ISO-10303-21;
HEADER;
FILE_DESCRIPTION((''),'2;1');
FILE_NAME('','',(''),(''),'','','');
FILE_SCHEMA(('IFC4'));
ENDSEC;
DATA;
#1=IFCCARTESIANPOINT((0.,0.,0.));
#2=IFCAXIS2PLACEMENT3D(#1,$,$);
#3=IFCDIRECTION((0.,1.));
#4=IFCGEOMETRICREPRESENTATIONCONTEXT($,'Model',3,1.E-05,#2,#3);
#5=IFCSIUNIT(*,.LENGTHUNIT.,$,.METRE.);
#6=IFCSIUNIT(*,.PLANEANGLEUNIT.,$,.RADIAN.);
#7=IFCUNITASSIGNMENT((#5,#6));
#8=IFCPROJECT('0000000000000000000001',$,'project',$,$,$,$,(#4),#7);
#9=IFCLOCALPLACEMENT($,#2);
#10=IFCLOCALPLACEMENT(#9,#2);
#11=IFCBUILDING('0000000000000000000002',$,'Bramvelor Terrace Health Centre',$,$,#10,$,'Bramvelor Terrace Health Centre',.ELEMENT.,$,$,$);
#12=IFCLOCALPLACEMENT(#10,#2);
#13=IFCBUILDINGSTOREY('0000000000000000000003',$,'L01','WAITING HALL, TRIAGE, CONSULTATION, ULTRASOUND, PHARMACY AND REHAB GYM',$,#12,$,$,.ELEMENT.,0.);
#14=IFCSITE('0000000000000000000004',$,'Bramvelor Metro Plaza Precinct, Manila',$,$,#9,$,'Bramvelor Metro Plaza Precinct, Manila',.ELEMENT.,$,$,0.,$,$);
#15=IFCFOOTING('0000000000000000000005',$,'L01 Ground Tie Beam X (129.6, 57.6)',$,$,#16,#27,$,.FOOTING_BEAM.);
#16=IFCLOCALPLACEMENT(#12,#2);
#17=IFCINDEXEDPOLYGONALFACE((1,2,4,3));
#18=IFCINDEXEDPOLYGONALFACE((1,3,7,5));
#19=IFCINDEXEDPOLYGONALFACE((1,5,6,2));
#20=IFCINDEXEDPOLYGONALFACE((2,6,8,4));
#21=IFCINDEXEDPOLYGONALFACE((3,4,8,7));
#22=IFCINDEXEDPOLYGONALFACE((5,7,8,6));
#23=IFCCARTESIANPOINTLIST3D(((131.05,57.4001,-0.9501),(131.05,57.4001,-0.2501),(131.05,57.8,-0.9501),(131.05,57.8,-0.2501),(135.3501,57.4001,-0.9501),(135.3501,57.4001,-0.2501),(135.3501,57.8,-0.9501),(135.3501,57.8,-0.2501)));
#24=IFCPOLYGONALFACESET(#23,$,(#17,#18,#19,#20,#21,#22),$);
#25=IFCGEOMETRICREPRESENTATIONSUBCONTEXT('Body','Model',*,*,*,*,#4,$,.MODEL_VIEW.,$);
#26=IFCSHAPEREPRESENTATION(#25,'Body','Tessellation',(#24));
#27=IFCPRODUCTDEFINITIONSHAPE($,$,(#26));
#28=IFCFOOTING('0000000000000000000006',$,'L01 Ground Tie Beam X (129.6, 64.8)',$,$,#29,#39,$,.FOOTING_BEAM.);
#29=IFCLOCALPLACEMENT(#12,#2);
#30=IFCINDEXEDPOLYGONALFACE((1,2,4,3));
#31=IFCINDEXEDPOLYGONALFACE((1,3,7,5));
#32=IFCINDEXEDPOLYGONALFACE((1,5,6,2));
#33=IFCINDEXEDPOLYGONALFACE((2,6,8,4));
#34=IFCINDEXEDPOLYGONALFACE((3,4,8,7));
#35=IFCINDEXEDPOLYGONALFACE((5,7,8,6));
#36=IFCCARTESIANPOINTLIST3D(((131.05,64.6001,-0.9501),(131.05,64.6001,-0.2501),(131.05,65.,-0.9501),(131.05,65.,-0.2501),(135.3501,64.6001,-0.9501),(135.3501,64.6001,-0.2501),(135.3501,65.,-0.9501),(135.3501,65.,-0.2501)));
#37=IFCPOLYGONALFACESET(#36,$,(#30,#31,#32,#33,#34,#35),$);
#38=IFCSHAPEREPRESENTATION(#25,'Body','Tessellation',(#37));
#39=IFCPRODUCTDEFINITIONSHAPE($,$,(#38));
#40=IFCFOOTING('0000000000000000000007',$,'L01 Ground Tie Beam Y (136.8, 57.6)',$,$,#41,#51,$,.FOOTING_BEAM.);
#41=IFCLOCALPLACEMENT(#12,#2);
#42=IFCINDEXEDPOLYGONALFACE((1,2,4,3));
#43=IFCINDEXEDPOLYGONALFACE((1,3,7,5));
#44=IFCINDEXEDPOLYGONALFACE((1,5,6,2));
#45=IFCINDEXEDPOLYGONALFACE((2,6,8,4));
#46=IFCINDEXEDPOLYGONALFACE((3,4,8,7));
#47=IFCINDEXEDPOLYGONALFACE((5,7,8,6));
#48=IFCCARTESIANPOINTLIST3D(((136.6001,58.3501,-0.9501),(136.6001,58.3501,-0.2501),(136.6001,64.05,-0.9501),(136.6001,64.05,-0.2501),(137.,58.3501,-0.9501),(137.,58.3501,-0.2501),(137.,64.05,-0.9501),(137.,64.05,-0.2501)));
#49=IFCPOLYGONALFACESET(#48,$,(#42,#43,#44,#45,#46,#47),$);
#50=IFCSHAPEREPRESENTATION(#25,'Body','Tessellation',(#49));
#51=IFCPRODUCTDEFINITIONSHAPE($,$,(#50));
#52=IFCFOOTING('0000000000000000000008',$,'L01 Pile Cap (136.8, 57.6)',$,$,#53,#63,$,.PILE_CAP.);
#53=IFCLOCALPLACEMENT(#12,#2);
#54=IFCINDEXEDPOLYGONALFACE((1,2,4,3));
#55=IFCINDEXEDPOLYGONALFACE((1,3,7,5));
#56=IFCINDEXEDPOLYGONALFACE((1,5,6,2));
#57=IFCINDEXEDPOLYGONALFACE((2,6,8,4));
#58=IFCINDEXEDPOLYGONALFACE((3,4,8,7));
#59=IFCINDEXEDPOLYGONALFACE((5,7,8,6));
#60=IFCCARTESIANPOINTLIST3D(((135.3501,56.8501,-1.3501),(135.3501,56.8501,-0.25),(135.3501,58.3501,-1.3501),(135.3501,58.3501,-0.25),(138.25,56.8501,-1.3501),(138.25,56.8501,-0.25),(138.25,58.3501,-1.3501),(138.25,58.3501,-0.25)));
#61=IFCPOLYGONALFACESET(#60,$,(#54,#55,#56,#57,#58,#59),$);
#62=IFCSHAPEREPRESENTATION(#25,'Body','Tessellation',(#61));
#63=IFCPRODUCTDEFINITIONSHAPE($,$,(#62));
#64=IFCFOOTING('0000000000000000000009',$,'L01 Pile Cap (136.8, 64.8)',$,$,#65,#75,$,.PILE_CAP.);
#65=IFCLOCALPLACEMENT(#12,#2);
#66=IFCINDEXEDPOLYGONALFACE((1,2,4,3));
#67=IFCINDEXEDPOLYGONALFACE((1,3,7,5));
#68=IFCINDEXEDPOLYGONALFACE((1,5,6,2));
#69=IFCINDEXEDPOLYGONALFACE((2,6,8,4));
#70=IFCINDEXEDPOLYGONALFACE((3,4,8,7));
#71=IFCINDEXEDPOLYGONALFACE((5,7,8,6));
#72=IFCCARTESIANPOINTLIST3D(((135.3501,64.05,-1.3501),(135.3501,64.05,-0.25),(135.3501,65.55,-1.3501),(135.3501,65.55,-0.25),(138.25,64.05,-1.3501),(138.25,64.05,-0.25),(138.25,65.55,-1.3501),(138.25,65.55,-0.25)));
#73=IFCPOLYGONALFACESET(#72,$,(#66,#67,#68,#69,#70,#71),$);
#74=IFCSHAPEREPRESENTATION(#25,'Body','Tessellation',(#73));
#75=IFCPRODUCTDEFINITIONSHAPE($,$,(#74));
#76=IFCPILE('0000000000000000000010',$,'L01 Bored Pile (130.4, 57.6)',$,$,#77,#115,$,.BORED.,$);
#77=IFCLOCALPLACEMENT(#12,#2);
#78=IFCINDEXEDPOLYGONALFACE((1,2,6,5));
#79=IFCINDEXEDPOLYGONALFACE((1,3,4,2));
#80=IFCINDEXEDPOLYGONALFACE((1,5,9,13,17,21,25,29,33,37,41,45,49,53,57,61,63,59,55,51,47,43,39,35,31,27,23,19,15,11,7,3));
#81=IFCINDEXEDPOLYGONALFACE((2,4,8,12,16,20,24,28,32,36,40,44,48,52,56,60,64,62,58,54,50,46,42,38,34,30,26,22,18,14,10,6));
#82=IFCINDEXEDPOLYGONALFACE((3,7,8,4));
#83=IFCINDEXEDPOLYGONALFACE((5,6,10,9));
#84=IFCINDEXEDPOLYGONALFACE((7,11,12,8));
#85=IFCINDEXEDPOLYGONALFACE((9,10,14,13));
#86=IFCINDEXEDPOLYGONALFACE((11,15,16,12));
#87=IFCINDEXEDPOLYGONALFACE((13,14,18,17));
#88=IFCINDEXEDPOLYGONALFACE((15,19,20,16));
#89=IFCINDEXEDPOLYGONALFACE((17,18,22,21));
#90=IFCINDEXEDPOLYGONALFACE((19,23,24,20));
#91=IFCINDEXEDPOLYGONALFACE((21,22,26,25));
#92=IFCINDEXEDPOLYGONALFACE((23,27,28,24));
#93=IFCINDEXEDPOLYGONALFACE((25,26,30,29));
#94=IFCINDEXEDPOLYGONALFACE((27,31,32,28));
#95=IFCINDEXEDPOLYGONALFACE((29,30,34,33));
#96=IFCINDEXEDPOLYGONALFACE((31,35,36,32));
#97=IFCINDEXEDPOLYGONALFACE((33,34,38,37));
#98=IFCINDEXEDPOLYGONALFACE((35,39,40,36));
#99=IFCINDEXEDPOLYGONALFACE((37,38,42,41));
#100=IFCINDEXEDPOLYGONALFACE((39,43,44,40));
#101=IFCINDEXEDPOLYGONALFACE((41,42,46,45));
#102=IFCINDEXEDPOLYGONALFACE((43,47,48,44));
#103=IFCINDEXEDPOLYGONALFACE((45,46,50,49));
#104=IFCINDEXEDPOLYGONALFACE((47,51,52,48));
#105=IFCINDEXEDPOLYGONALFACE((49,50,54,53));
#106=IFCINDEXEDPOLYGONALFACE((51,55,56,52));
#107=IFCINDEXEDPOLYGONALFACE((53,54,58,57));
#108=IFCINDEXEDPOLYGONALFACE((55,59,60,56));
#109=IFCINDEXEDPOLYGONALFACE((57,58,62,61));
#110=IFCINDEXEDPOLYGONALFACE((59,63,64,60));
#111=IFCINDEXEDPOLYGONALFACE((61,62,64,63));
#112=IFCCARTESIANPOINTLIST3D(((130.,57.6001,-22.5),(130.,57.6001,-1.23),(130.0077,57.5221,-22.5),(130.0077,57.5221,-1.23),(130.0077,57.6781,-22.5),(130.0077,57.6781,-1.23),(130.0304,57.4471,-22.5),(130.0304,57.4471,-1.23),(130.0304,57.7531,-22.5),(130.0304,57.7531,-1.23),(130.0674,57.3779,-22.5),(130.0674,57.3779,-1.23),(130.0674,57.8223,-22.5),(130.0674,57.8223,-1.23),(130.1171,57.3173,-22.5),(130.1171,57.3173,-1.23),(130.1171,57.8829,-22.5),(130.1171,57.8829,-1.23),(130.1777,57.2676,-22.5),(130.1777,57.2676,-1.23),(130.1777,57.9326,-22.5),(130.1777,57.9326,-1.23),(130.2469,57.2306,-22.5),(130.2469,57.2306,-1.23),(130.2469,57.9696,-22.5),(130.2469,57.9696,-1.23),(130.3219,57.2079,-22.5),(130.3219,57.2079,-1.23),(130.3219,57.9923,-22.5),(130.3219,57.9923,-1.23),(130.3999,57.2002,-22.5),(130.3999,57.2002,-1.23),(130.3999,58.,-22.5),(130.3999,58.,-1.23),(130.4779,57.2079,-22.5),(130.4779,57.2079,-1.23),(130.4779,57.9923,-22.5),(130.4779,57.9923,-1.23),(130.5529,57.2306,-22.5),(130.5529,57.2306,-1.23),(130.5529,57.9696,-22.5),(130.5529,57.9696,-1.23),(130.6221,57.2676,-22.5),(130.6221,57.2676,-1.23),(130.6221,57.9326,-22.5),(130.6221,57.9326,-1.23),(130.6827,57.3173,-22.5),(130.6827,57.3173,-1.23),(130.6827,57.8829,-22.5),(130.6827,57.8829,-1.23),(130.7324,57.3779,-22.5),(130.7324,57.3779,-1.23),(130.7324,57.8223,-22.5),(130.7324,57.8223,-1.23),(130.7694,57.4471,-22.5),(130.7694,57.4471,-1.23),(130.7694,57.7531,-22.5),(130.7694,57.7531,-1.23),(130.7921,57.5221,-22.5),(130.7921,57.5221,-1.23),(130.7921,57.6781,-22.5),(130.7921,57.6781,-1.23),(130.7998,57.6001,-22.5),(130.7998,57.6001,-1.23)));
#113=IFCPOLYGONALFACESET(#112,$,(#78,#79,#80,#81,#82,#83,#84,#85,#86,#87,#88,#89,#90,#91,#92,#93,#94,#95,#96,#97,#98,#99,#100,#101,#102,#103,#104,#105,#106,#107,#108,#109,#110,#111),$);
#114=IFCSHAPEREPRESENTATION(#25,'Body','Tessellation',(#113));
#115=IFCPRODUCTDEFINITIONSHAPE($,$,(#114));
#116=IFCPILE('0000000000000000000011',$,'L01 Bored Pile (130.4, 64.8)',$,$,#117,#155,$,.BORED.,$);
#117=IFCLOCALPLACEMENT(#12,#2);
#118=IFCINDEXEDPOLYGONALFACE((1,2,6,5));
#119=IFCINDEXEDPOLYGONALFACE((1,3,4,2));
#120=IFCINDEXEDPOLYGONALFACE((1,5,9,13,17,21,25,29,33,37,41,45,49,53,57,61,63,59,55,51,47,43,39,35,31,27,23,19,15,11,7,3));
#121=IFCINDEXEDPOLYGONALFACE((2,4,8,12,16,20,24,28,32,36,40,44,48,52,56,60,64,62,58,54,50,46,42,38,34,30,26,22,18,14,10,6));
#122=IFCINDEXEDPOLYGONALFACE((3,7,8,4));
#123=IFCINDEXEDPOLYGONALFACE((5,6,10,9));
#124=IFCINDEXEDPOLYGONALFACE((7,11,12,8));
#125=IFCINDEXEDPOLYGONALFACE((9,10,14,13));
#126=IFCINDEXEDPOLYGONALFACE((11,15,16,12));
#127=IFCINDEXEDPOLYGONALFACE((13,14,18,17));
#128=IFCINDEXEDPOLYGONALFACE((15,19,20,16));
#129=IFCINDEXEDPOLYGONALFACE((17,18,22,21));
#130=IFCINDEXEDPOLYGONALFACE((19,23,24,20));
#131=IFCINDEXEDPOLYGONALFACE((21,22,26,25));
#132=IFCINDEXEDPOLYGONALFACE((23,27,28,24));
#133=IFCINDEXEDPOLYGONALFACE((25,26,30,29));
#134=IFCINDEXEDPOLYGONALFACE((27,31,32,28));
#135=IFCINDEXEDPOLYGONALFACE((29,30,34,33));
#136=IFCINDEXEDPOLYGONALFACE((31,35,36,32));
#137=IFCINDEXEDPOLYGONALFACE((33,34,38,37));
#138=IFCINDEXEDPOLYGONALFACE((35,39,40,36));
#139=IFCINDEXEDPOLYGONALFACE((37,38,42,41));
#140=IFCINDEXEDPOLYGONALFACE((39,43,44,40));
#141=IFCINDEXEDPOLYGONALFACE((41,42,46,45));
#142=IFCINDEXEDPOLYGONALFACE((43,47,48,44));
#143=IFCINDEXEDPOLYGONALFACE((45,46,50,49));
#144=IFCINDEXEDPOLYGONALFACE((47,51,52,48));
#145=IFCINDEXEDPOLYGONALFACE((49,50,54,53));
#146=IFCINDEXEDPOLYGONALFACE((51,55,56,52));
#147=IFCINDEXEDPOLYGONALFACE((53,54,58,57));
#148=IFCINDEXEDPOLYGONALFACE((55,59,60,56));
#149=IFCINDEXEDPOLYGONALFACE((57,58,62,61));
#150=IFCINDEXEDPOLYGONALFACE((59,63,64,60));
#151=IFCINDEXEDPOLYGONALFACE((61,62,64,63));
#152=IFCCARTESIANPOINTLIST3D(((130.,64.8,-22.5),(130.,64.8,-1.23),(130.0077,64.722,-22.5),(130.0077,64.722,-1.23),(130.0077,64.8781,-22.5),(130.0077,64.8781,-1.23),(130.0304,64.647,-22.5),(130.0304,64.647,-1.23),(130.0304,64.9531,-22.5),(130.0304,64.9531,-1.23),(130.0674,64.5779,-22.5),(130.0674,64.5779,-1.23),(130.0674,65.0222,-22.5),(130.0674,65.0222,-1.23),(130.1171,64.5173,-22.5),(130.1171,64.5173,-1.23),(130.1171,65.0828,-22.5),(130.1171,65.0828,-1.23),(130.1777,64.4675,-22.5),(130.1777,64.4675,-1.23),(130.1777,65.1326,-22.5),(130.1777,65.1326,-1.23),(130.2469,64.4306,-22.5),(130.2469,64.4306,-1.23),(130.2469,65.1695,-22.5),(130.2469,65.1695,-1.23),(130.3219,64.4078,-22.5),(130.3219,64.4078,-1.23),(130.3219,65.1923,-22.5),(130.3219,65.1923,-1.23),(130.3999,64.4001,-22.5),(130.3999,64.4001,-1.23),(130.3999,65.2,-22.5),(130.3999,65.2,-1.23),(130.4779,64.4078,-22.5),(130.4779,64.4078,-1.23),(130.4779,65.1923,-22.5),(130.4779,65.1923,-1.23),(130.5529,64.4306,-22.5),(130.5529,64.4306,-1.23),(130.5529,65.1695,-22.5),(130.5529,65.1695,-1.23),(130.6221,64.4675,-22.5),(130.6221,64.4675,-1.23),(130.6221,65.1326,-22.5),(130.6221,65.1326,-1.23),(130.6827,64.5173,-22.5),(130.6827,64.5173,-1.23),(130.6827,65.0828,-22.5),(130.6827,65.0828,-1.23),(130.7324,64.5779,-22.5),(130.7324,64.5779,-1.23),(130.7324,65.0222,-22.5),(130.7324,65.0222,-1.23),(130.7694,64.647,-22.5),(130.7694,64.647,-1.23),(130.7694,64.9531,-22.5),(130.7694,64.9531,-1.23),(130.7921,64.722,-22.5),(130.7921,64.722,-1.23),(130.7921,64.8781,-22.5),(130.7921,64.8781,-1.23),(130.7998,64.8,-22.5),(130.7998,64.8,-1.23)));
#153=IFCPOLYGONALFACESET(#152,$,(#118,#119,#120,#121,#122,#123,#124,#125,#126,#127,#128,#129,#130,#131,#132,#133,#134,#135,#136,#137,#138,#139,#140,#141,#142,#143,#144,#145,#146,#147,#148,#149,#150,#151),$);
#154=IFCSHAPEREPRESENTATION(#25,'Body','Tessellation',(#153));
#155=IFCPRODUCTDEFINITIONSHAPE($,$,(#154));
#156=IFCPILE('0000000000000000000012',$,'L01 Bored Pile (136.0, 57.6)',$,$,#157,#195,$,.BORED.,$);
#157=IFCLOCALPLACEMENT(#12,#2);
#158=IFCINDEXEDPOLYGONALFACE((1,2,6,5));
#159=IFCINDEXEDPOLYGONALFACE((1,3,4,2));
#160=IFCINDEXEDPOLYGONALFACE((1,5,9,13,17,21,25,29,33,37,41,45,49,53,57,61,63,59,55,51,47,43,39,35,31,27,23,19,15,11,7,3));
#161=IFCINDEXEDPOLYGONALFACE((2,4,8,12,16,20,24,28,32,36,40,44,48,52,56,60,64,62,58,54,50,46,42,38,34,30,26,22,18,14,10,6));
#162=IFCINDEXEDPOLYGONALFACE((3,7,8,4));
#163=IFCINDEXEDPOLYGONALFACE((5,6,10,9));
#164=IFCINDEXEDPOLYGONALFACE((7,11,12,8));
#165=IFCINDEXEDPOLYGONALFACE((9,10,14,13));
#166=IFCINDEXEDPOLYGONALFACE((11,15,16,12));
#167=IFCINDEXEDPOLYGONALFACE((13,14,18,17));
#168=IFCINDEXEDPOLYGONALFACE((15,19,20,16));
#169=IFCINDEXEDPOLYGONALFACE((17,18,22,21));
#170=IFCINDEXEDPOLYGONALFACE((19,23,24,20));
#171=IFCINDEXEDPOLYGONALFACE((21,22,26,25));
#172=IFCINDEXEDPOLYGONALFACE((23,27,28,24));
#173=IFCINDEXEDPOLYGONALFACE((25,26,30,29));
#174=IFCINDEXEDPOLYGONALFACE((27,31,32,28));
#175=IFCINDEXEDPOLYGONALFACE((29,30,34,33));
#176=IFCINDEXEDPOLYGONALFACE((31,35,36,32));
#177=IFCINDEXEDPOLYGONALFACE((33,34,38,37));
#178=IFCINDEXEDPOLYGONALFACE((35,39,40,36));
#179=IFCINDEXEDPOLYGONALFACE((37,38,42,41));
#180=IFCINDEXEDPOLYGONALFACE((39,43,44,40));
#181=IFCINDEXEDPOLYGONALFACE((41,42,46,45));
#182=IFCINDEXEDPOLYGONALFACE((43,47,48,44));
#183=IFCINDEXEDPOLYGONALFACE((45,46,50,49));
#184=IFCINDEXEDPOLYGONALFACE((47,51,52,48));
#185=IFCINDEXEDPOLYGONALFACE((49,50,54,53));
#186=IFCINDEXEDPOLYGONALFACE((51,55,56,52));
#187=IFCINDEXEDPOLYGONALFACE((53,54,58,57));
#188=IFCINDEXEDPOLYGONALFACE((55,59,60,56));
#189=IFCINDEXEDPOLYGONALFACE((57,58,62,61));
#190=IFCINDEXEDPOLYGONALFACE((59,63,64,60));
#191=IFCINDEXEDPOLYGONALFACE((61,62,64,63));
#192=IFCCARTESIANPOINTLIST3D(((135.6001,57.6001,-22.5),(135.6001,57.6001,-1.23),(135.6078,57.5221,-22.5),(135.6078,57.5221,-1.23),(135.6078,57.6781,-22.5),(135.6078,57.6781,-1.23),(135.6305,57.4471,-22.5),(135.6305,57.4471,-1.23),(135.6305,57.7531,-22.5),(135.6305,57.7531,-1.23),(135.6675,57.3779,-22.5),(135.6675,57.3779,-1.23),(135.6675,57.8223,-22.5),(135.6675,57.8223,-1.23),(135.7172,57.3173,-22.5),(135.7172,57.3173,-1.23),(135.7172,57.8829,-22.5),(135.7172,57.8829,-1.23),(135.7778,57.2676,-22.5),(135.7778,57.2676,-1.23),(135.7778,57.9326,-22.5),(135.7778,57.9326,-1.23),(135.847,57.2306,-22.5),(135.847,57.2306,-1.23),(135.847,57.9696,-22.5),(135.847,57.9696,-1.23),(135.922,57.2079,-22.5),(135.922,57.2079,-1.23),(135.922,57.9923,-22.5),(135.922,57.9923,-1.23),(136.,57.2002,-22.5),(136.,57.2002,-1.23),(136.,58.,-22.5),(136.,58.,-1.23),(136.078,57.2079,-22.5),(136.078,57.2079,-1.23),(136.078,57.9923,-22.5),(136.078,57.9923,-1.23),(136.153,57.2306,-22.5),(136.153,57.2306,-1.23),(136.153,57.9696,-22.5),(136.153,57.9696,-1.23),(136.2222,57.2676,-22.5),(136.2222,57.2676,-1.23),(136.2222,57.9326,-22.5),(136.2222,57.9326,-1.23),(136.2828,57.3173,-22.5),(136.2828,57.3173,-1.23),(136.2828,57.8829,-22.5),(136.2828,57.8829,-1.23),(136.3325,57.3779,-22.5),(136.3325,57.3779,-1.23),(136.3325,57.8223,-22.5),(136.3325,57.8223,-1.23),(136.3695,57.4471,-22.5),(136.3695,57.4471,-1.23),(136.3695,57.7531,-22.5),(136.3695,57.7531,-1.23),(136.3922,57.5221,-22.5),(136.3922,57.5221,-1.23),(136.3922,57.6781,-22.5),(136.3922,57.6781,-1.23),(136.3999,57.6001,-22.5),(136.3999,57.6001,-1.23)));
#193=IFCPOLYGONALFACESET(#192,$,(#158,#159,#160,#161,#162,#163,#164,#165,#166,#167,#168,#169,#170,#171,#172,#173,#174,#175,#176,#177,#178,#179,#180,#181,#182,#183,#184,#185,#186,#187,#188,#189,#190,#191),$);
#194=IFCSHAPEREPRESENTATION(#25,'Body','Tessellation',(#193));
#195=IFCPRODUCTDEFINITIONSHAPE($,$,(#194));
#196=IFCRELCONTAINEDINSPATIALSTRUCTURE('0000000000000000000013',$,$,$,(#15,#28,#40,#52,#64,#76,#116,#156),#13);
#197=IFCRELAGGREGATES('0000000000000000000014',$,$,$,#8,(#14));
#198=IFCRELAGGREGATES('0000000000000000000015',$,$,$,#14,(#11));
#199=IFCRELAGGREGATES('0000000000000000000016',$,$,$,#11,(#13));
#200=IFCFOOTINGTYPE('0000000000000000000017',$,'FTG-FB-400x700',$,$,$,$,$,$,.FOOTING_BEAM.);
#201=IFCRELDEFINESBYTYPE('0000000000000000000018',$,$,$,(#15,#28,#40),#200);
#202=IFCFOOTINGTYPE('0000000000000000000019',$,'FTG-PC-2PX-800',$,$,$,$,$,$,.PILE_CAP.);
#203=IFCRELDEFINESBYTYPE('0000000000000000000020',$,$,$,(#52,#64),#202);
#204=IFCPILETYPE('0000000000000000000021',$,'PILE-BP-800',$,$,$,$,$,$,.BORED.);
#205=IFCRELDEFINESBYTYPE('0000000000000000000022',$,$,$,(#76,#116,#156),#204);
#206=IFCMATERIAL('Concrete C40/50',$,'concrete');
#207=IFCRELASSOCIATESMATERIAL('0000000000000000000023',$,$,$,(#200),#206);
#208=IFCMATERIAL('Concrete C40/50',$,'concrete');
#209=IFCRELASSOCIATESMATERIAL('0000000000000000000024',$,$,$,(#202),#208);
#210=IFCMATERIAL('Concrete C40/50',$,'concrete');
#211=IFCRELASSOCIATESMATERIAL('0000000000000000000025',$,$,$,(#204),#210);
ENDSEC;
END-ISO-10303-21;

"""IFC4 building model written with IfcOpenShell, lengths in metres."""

from ifc_helpers import new_model, si_unit, direction, frame, origin, origin_2d, place, context, subcontext, project, spatial, rectangle, circle, extrude, material, material_profile, profile_set, type_object, element, save


model = new_model("IFC4")

# Units and contexts
model_context = context("Model", 3, precision=1e-05, world=origin(), true_north=direction((0.0, 1.0)))
body_context = subcontext(model_context, "Body", "Model", "MODEL_VIEW")
ifc_project = project(units=[si_unit("LENGTHUNIT", "METRE"), si_unit("PLANEANGLEUNIT", "RADIAN")], contexts=[model_context])

# Site, building, storey
site_placement = place(None, origin())
site = spatial("IfcSite", under=ifc_project, at=site_placement, Name="Bramvelor Metro Plaza Precinct, Manila", LongName="Bramvelor Metro Plaza Precinct, Manila", CompositionType="ELEMENT", RefElevation=0.0)
building_placement = place(site_placement, origin())
building = spatial("IfcBuilding", under=site, at=building_placement, Name="Bramvelor Terrace Health Centre", LongName="Bramvelor Terrace Health Centre", CompositionType="ELEMENT")
storey_placement = place(building_placement, origin())
storey = spatial("IfcBuildingStorey", under=building, at=storey_placement, Name="L01", Description="WAITING HALL, TRIAGE, CONSULTATION, ULTRASOUND, PHARMACY AND REHAB GYM", CompositionType="ELEMENT", Elevation=0.0)

# Footings
ifc_material_1 = material(Name="Concrete C40/50", Category="concrete")
ifc_material_profile_1 = material_profile(ifc_material_1, rectangle(XDim=0.3999, YDim=0.7, at=origin_2d()), Name="RC 400x700")
ifc_profile_set_1 = profile_set([ifc_material_profile_1], Name="Concrete C40/50")
footing_type_1 = type_object("IfcFootingType", Name="FTG-FB-400x700", PredefinedType="FOOTING_BEAM", material=ifc_profile_set_1)
for number, where, z_axis, x_axis, name in (
    (1, (131.05, 57.6001, -0.6001), (1.0, 0.0, 0.0), (0.0, 1.0, 0.0), "L01 Ground Tie Beam X (129.6, 57.6)"),
    (2, (131.05, 64.8, -0.6001), (1.0, 0.0, 0.0), (0.0, 1.0, 0.0), "L01 Ground Tie Beam X (129.6, 64.8)"),
):
    element("IfcFooting", number, at=place(storey_placement, frame(where, z_axis=z_axis, x_axis=x_axis)), inside=storey, type_object=footing_type_1, Name=name, PredefinedType="FOOTING_BEAM", context=body_context, shape_type="SweptSolid", body=[
        extrude(rectangle(XDim=0.3999, YDim=0.7, at=origin_2d()), origin(), (0.0, 0.0, 1.0), 4.3),
    ])
footing_placement = place(storey_placement, frame((136.8, 58.3501, -0.6001), z_axis=(0.0, 1.0, 0.0), x_axis=(-1.0, 0.0, 0.0)))
element("IfcFooting", 3, at=footing_placement, inside=storey, type_object=footing_type_1, Name="L01 Ground Tie Beam Y (136.8, 57.6)", PredefinedType="FOOTING_BEAM", context=body_context, shape_type="SweptSolid", body=[
    extrude(rectangle(XDim=0.3999, YDim=0.7, at=origin_2d()), origin(), (0.0, 0.0, 1.0), 5.7),
])
ifc_material_2 = material(Name="Concrete C40/50", Category="concrete")
footing_type_2 = type_object("IfcFootingType", Name="FTG-PC-2PX-800", PredefinedType="PILE_CAP", material=ifc_material_2)
for number, where, z_axis, x_axis, name in (
    (4, (136.8, 57.6001, -1.3501), (0.0, 0.0, 1.0), (1.0, 0.0, 0.0), "L01 Pile Cap (136.8, 57.6)"),
    (5, (136.8, 64.8, -1.3501), (0.0, 0.0, 1.0), (1.0, 0.0, 0.0), "L01 Pile Cap (136.8, 64.8)"),
):
    element("IfcFooting", number, at=place(storey_placement, frame(where, z_axis=z_axis, x_axis=x_axis)), inside=storey, type_object=footing_type_2, Name=name, PredefinedType="PILE_CAP", context=body_context, shape_type="SweptSolid", body=[
        extrude(rectangle(XDim=2.8999, YDim=1.5, at=origin_2d()), origin(), (0.0, 0.0, 1.0), 1.1001),
    ])

# Piles
ifc_material_3 = material(Name="Concrete C40/50", Category="concrete")
ifc_material_profile_2 = material_profile(ifc_material_3, circle(Radius=0.3999, at=origin_2d()), Name="BP D800")
ifc_profile_set_2 = profile_set([ifc_material_profile_2], Name="Concrete C40/50")
pile_type = type_object("IfcPileType", Name="PILE-BP-800", PredefinedType="BORED", material=ifc_profile_set_2)
for number, where, z_axis, x_axis, name in (
    (6, (130.3999, 57.6001, -1.23), (0.0, 0.0, -1.0), (1.0, 0.0, 0.0), "L01 Bored Pile (130.4, 57.6)"),
    (7, (130.3999, 64.8, -1.23), (0.0, 0.0, -1.0), (1.0, 0.0, 0.0), "L01 Bored Pile (130.4, 64.8)"),
    (8, (136.0, 57.6001, -1.23), (0.0, 0.0, -1.0), (1.0, 0.0, 0.0), "L01 Bored Pile (136.0, 57.6)"),
):
    element("IfcPile", number, at=place(storey_placement, frame(where, z_axis=z_axis, x_axis=x_axis)), inside=storey, type_object=pile_type, Name=name, PredefinedType="BORED", context=body_context, shape_type="SweptSolid", body=[
        extrude(circle(Radius=0.3999, at=origin_2d()), origin(), (0.0, 0.0, 1.0), 21.27),
    ])

save(model, "model.ifc")
